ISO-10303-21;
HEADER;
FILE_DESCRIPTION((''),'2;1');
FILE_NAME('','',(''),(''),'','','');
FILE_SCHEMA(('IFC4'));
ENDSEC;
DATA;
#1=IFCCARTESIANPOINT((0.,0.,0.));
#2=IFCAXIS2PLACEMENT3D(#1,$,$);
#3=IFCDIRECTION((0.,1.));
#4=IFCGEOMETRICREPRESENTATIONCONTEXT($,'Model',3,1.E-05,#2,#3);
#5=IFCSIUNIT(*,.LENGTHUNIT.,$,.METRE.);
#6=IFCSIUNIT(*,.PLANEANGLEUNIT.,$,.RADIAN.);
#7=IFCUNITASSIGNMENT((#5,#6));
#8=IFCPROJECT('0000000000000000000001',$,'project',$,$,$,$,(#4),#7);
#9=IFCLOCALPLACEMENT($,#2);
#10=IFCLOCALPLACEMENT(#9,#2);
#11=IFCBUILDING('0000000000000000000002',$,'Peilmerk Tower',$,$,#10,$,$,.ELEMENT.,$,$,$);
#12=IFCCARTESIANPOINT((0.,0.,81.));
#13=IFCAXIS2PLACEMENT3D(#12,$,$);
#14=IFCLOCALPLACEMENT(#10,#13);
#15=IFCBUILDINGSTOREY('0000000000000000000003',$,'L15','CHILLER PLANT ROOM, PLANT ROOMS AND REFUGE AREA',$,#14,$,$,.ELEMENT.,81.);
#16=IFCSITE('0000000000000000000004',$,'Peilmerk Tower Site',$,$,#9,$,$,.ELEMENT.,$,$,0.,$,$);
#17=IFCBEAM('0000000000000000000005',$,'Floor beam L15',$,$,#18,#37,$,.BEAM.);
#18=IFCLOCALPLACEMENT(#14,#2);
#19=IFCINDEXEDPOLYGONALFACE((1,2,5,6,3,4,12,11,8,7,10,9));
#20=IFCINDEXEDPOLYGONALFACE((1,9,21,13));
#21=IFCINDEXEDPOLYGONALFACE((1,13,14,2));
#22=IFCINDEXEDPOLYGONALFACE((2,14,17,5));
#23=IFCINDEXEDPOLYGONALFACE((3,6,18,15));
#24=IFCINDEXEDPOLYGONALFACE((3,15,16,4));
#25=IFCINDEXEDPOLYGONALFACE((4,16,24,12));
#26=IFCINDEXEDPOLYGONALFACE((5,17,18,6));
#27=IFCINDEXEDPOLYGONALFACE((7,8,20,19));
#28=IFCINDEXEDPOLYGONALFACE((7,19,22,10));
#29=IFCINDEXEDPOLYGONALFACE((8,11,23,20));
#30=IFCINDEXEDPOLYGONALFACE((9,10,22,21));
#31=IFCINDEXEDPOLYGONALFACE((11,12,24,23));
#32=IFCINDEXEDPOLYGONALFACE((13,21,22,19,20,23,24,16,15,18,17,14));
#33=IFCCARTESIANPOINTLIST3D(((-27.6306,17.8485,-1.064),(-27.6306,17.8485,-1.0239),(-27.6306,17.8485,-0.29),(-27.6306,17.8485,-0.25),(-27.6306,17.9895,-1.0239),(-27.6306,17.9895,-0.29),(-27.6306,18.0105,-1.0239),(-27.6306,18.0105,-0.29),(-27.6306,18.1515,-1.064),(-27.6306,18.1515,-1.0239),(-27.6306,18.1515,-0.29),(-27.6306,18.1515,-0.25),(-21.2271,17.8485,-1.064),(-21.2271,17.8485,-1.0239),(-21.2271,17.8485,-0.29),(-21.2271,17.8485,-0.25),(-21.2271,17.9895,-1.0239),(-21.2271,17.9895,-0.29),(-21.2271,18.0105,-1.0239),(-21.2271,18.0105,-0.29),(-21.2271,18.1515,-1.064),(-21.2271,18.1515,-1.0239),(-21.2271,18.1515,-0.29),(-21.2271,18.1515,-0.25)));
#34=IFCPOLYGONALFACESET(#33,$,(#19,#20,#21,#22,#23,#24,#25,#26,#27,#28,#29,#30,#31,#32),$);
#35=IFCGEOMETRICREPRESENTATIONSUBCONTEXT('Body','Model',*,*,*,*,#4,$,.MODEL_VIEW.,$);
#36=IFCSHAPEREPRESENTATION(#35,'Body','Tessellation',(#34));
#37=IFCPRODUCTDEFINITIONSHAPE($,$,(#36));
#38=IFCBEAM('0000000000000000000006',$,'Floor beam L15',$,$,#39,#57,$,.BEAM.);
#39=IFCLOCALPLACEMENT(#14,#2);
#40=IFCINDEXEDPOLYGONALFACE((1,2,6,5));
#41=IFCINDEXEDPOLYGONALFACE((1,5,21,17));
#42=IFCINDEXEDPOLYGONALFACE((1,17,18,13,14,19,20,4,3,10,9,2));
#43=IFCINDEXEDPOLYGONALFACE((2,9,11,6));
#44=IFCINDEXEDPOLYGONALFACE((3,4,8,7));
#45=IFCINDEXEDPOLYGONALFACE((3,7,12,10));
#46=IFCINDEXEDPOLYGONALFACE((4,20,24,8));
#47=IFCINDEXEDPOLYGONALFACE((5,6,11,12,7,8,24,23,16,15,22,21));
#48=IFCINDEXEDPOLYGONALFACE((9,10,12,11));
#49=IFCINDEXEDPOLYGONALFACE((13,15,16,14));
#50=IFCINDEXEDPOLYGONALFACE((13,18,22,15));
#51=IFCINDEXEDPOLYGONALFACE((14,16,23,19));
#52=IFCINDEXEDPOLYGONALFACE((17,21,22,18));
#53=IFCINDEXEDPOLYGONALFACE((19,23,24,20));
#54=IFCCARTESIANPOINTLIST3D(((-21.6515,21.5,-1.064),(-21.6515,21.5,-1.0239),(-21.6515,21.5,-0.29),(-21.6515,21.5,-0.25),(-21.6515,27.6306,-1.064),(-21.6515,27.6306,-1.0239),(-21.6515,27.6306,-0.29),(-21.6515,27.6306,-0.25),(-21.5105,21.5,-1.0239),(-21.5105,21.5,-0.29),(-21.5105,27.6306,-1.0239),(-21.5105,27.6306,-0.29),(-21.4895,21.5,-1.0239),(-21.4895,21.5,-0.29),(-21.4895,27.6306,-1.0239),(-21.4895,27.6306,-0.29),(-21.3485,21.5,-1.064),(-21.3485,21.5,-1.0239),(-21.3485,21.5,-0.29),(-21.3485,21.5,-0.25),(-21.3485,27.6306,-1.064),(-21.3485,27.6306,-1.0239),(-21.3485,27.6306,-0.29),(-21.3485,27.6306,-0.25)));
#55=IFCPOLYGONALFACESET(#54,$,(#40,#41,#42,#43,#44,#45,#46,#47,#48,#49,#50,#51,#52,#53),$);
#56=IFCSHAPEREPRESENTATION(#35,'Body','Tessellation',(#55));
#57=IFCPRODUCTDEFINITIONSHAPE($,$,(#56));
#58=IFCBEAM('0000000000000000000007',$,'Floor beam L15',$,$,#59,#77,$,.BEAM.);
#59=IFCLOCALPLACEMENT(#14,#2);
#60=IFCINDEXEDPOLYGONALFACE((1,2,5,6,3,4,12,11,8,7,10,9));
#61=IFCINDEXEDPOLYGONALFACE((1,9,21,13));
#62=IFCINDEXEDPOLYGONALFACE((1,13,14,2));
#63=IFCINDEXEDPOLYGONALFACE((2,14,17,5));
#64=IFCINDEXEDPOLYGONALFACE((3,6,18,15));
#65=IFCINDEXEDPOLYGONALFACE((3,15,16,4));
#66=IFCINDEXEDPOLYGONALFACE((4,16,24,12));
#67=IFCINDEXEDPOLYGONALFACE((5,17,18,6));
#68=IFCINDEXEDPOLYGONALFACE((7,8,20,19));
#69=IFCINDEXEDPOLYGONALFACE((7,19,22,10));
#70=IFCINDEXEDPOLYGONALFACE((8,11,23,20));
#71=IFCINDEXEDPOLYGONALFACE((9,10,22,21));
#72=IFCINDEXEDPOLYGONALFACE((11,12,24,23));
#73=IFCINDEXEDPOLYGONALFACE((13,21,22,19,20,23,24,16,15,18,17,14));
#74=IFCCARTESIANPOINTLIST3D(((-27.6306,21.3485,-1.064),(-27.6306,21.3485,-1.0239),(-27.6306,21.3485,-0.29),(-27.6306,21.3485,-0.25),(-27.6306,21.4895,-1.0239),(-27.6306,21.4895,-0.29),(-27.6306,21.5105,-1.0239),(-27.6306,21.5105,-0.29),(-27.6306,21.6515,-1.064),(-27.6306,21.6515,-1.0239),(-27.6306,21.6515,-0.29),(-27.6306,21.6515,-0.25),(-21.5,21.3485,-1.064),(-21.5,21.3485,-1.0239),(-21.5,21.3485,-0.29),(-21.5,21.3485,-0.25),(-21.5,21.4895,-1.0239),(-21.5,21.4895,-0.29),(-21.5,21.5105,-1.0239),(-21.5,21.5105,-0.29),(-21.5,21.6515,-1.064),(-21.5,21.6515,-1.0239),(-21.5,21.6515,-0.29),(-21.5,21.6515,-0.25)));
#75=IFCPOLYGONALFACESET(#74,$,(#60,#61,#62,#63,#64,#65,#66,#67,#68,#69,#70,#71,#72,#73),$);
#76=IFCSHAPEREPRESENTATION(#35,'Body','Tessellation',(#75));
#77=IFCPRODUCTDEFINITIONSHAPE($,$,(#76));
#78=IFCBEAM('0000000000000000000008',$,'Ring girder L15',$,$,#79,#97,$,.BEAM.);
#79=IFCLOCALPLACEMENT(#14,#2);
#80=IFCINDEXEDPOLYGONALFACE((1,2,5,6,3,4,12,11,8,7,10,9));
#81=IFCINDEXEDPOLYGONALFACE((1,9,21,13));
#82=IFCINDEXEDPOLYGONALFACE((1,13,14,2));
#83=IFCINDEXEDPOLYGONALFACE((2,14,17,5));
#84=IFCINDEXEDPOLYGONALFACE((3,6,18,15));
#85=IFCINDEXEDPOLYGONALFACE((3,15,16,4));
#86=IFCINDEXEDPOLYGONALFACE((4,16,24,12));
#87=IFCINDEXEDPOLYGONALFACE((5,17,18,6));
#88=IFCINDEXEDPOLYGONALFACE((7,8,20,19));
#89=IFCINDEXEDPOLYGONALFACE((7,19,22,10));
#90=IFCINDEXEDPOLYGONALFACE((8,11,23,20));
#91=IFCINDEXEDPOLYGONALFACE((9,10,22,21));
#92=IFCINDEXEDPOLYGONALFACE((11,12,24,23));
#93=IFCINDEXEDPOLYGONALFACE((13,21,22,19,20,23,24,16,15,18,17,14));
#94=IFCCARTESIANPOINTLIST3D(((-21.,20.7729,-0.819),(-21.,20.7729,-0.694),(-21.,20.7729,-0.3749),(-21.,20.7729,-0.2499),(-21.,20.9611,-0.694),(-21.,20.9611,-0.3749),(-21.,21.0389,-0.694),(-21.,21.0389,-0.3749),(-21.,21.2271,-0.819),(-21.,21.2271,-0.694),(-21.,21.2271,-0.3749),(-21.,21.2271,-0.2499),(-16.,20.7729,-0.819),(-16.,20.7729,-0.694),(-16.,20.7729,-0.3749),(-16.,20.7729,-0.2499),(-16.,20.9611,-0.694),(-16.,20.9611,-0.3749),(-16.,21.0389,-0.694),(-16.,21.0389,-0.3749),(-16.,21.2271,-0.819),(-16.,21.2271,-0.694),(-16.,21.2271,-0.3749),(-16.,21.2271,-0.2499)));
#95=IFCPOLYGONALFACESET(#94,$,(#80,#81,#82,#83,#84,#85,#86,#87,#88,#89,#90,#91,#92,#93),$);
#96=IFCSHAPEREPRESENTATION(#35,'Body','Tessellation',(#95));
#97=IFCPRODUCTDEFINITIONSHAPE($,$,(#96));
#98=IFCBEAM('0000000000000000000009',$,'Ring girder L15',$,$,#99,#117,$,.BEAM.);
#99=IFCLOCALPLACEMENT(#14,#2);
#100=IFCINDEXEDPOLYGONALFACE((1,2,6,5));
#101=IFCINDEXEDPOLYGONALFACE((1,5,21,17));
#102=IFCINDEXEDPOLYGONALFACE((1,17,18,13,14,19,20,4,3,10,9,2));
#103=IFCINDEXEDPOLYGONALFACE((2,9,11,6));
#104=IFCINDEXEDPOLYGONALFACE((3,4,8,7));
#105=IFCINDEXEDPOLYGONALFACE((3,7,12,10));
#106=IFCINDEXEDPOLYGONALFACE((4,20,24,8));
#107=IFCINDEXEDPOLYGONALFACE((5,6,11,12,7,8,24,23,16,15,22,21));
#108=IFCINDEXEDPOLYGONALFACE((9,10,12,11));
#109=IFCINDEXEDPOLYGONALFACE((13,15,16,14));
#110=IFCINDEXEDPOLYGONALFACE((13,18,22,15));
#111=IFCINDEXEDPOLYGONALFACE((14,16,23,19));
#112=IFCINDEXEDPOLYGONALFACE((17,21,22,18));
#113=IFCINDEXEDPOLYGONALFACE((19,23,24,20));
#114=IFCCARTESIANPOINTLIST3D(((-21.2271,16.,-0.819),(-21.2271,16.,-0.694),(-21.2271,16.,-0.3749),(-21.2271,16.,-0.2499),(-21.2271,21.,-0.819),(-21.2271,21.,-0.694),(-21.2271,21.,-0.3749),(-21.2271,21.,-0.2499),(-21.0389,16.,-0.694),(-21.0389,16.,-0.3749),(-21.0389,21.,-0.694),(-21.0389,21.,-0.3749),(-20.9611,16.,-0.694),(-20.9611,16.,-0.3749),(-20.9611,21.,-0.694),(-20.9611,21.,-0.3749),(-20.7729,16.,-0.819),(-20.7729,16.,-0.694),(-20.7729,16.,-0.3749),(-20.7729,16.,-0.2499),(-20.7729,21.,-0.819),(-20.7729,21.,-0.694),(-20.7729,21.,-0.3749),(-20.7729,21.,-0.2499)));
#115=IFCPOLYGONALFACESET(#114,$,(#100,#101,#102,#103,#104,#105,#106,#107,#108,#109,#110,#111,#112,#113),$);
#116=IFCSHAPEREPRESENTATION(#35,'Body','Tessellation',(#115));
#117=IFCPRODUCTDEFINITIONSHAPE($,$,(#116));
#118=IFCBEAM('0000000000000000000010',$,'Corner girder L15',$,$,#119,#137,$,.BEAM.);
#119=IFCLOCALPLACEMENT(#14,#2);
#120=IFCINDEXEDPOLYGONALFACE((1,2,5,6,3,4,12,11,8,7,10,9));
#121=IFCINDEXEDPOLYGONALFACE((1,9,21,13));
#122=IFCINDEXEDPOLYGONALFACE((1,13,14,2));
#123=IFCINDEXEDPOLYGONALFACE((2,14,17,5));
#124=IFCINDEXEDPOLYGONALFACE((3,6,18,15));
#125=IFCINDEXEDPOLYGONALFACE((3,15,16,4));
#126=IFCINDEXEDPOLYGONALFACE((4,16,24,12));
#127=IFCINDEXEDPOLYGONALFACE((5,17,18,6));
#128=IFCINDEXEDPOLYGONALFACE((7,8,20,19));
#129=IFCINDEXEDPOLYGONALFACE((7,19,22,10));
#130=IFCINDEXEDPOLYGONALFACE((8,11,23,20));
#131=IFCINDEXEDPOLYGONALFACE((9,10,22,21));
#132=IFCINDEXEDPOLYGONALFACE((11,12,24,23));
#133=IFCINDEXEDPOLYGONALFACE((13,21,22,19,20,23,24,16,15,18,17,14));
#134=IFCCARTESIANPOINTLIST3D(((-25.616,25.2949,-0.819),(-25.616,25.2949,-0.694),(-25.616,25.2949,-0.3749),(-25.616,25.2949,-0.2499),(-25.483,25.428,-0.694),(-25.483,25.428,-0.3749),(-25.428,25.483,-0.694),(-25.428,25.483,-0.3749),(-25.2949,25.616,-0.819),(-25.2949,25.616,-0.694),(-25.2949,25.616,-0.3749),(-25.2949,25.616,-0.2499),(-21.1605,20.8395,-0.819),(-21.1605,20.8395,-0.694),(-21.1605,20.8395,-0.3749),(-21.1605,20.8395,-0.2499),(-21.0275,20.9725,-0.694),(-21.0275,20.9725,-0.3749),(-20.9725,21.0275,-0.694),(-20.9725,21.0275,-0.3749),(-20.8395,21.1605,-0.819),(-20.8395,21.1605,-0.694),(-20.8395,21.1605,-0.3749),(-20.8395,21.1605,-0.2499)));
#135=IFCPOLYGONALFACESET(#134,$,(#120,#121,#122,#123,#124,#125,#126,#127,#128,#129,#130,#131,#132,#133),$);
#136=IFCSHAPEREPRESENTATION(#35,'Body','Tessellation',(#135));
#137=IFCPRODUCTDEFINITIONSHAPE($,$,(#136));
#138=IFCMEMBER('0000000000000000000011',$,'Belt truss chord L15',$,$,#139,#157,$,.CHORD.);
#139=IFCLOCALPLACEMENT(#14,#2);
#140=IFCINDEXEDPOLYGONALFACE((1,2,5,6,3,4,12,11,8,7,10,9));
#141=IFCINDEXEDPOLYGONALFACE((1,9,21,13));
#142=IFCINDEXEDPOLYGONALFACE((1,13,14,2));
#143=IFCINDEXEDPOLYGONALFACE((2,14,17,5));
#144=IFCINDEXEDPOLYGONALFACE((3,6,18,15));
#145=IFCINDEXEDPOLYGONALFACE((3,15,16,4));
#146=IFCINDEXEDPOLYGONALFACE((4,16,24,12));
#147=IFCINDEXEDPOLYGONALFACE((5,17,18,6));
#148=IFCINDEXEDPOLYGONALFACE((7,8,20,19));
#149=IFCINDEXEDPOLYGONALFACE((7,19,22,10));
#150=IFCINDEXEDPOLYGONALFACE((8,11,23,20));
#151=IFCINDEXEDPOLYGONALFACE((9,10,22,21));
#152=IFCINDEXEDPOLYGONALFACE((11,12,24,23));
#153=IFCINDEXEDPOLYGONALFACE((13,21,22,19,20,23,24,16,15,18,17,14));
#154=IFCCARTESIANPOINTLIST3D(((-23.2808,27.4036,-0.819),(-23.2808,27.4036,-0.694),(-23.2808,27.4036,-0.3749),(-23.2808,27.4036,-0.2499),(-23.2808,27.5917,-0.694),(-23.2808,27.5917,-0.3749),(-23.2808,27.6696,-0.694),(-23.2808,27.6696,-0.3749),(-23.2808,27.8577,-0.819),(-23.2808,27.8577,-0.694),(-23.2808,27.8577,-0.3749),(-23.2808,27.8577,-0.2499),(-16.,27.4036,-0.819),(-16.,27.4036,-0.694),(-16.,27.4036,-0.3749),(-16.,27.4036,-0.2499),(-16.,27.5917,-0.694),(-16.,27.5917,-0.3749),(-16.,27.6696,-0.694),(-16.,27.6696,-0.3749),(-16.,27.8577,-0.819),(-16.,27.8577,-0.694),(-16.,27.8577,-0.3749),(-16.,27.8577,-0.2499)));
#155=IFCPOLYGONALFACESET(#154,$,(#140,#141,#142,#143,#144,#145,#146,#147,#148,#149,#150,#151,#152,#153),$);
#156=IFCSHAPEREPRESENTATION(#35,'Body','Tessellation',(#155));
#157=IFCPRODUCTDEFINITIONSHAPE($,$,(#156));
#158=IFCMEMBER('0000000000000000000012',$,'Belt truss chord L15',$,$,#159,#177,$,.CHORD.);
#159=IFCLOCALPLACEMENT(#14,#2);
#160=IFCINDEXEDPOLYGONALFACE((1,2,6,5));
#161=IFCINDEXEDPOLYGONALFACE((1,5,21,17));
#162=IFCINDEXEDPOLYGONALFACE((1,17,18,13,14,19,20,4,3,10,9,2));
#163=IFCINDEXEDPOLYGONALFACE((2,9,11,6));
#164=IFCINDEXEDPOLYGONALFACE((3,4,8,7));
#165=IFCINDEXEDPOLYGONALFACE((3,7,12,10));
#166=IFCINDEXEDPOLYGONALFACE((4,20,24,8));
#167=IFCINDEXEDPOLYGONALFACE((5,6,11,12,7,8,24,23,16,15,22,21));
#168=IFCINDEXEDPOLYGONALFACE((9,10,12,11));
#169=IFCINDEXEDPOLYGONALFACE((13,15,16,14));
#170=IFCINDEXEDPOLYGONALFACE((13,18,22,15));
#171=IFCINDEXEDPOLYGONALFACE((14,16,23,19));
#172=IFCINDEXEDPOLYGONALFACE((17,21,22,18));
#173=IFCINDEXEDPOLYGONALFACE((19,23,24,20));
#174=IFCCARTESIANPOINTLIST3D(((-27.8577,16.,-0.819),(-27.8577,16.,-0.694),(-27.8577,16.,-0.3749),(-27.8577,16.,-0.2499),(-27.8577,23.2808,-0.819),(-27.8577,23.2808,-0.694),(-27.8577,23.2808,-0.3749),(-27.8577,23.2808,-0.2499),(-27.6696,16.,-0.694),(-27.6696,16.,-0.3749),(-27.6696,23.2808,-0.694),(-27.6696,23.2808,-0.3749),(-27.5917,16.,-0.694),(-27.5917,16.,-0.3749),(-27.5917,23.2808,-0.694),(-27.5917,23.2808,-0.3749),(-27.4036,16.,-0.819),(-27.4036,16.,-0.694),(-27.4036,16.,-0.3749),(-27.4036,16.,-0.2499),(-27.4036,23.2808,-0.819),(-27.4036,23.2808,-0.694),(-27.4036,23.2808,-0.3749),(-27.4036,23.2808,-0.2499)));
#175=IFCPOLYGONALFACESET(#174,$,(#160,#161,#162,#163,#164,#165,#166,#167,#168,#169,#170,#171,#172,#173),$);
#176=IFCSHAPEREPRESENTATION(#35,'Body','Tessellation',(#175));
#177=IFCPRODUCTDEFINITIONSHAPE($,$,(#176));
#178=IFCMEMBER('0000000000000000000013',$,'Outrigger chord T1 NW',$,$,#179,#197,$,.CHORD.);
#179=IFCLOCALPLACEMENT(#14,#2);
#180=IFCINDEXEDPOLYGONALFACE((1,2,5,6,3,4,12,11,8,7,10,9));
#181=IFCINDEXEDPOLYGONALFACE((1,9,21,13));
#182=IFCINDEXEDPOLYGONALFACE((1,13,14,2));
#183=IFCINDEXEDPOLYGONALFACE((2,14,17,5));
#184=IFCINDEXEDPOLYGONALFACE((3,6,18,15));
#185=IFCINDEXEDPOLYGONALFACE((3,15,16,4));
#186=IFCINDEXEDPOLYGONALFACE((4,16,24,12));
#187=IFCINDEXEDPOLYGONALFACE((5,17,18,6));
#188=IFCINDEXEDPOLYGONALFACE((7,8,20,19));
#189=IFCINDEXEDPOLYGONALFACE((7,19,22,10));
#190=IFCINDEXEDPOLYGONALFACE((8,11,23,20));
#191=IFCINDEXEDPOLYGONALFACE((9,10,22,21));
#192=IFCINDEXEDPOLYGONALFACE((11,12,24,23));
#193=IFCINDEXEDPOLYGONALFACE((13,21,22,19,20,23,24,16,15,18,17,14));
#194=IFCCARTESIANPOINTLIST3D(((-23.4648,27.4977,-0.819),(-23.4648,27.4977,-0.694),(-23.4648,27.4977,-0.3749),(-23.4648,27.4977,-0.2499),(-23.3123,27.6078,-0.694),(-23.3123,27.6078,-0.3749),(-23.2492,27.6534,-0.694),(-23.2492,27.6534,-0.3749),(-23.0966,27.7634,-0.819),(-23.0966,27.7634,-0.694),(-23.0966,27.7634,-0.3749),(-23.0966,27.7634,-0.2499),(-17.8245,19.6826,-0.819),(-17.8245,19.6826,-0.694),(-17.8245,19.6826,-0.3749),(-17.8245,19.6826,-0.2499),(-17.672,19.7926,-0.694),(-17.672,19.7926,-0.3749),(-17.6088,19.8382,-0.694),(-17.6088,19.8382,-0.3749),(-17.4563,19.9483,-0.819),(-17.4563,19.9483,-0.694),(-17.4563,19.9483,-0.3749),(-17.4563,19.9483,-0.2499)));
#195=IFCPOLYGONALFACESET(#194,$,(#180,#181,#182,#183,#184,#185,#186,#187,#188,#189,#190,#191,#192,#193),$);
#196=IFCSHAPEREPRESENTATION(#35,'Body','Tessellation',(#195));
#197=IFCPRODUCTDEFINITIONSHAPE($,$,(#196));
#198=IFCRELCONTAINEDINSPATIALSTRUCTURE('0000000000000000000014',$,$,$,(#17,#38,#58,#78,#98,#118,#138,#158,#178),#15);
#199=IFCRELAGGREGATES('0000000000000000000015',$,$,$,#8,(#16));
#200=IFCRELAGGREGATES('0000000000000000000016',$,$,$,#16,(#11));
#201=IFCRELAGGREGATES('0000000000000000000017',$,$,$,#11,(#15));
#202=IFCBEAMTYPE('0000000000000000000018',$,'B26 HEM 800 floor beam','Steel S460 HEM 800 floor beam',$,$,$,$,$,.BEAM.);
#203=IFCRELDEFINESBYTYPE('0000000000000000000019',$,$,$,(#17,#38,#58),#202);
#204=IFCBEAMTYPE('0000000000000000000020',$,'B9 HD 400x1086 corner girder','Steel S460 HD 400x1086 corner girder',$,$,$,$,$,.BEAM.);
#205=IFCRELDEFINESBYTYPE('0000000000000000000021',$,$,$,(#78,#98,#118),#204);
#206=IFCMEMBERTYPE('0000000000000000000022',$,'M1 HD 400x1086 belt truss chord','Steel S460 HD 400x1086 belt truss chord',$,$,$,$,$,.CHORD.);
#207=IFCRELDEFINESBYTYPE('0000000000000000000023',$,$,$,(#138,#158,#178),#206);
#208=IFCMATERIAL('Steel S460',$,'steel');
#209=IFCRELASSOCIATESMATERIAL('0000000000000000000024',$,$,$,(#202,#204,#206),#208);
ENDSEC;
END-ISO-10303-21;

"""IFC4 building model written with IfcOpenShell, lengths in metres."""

from ifc_helpers import new_model, si_unit, direction, frame, origin, origin_2d, place, context, subcontext, project, spatial, i_section, extrude, material, material_profile, profile_set, type_object, element, save


model = new_model("IFC4")

# Units and contexts
model_context = context("Model", 3, precision=1e-05, world=origin(), true_north=direction((0.0, 1.0)))
body_context = subcontext(model_context, "Body", "Model", "MODEL_VIEW")
ifc_project = project(units=[si_unit("LENGTHUNIT", "METRE"), si_unit("PLANEANGLEUNIT", "RADIAN")], contexts=[model_context])

# Site, building, storey
site_placement = place(None, origin())
site = spatial("IfcSite", under=ifc_project, at=site_placement, Name="Peilmerk Tower Site", CompositionType="ELEMENT", RefElevation=0.0)
building_placement = place(site_placement, origin())
building = spatial("IfcBuilding", under=site, at=building_placement, Name="Peilmerk Tower", CompositionType="ELEMENT")
storey_placement = place(building_placement, frame((0.0, 0.0, 81.0)))
storey = spatial("IfcBuildingStorey", under=building, at=storey_placement, Name="L15", Description="CHILLER PLANT ROOM, PLANT ROOMS AND REFUGE AREA", CompositionType="ELEMENT", Elevation=81.0)

# Shared definitions
ifc_material_1 = material(Name="Steel S460", Category="steel")

# Beams
ifc_material_profile_1 = material_profile(ifc_material_1, i_section(OverallWidth=0.303, OverallDepth=0.814, WebThickness=0.021, FlangeThickness=0.04, at=origin_2d()), Name="HEM 800")
ifc_profile_set_1 = profile_set([ifc_material_profile_1], Name="Steel S460")
beam_type_1 = type_object("IfcBeamType", Name="B26 HEM 800 floor beam", Description="Steel S460 HEM 800 floor beam", PredefinedType="BEAM", material=ifc_profile_set_1)
beam_1_placement = place(storey_placement, frame((-21.2271, 18.0, -0.657), z_axis=(-1.0, 0.0, 0.0), x_axis=(0.0, -1.0, 0.0)))
element("IfcBeam", 1, at=beam_1_placement, inside=storey, type_object=beam_type_1, Name="Floor beam L15", PredefinedType="BEAM", context=body_context, shape_type="SweptSolid", body=[
    extrude(i_section(OverallWidth=0.303, OverallDepth=0.814, WebThickness=0.021, FlangeThickness=0.04, at=origin_2d()), origin(), (0.0, 0.0, 1.0), 6.4036),
])
for number, where, z_axis, x_axis, name in (
    (2, (-21.5, 21.5, -0.657), (0.0, 1.0, 0.0), (-1.0, 0.0, 0.0), "Floor beam L15"),
    (3, (-21.5, 21.5, -0.657), (-1.0, 0.0, 0.0), (0.0, -1.0, 0.0), "Floor beam L15"),
):
    element("IfcBeam", number, at=place(storey_placement, frame(where, z_axis=z_axis, x_axis=x_axis)), inside=storey, type_object=beam_type_1, Name=name, PredefinedType="BEAM", context=body_context, shape_type="SweptSolid", body=[
        extrude(i_section(OverallWidth=0.303, OverallDepth=0.814, WebThickness=0.021, FlangeThickness=0.04, at=origin_2d()), origin(), (0.0, 0.0, 1.0), 6.1306),
    ])
ifc_material_profile_2 = material_profile(ifc_material_1, i_section(OverallWidth=0.4541, OverallDepth=0.5691, WebThickness=0.0779, FlangeThickness=0.125, at=origin_2d()), Name="HD 400x1086")
ifc_profile_set_2 = profile_set([ifc_material_profile_2], Name="Steel S460")
beam_type_2 = type_object("IfcBeamType", Name="B9 HD 400x1086 corner girder", Description="Steel S460 HD 400x1086 corner girder", PredefinedType="BEAM", material=ifc_profile_set_2)
for number, where, z_axis, x_axis, name in (
    (4, (-16.0, 21.0, -0.5344), (-1.0, 0.0, 0.0), (0.0, -1.0, 0.0), "Ring girder L15"),
    (5, (-21.0, 21.0, -0.5344), (0.0, -1.0, 0.0), (1.0, 0.0, 0.0), "Ring girder L15"),
):
    element("IfcBeam", number, at=place(storey_placement, frame(where, z_axis=z_axis, x_axis=x_axis)), inside=storey, type_object=beam_type_2, Name=name, PredefinedType="BEAM", context=body_context, shape_type="SweptSolid", body=[
        extrude(i_section(OverallWidth=0.4541, OverallDepth=0.5691, WebThickness=0.0779, FlangeThickness=0.125, at=origin_2d()), origin(), (0.0, 0.0, 1.0), 5.0),
    ])
beam_2_placement = place(storey_placement, frame((-21.0, 21.0, -0.5344), z_axis=(-0.707107, 0.707107, 0.0), x_axis=(-0.707107, -0.707107, 0.0)))
element("IfcBeam", 6, at=beam_2_placement, inside=storey, type_object=beam_type_2, Name="Corner girder L15", PredefinedType="BEAM", context=body_context, shape_type="SweptSolid", body=[
    extrude(i_section(OverallWidth=0.4541, OverallDepth=0.5691, WebThickness=0.0779, FlangeThickness=0.125, at=origin_2d()), origin(), (0.0, 0.0, 1.0), 6.301),
])

# Members
ifc_material_profile_3 = material_profile(ifc_material_1, i_section(OverallWidth=0.4541, OverallDepth=0.5691, WebThickness=0.0779, FlangeThickness=0.125, at=origin_2d()), Name="HD 400x1086")
ifc_profile_set_3 = profile_set([ifc_material_profile_3], Name="Steel S460")
member_type_1 = type_object("IfcMemberType", Name="M1 HD 400x1086 belt truss chord", Description="Steel S460 HD 400x1086 belt truss chord", PredefinedType="CHORD", material=ifc_profile_set_3)
for number, where, z_axis, x_axis, name in (
    (7, (-16.0, 27.6306, -0.5344), (-1.0, 0.0, 0.0), (0.0, -1.0, 0.0), "Belt truss chord L15"),
    (8, (-27.6306, 23.2808, -0.5344), (0.0, -1.0, 0.0), (1.0, 0.0, 0.0), "Belt truss chord L15"),
):
    element("IfcMember", number, at=place(storey_placement, frame(where, z_axis=z_axis, x_axis=x_axis)), inside=storey, type_object=member_type_1, Name=name, PredefinedType="CHORD", context=body_context, shape_type="SweptSolid", body=[
        extrude(i_section(OverallWidth=0.4541, OverallDepth=0.5691, WebThickness=0.0779, FlangeThickness=0.125, at=origin_2d()), origin(), (0.0, 0.0, 1.0), 7.2808),
    ])
member_1_placement = place(storey_placement, frame((-17.6404, 19.8154, -0.5344), z_axis=(-0.585223, 0.810872, 0.0), x_axis=(-0.810872, -0.585223, 0.0)))
element("IfcMember", 9, at=member_1_placement, inside=storey, type_object=member_type_1, Name="Outrigger chord T1 NW", PredefinedType="CHORD", context=body_context, shape_type="SweptSolid", body=[
    extrude(i_section(OverallWidth=0.4541, OverallDepth=0.5691, WebThickness=0.0779, FlangeThickness=0.125, at=origin_2d()), origin(), (0.0, 0.0, 1.0), 9.6379),
])

save(model, "model.ifc")
